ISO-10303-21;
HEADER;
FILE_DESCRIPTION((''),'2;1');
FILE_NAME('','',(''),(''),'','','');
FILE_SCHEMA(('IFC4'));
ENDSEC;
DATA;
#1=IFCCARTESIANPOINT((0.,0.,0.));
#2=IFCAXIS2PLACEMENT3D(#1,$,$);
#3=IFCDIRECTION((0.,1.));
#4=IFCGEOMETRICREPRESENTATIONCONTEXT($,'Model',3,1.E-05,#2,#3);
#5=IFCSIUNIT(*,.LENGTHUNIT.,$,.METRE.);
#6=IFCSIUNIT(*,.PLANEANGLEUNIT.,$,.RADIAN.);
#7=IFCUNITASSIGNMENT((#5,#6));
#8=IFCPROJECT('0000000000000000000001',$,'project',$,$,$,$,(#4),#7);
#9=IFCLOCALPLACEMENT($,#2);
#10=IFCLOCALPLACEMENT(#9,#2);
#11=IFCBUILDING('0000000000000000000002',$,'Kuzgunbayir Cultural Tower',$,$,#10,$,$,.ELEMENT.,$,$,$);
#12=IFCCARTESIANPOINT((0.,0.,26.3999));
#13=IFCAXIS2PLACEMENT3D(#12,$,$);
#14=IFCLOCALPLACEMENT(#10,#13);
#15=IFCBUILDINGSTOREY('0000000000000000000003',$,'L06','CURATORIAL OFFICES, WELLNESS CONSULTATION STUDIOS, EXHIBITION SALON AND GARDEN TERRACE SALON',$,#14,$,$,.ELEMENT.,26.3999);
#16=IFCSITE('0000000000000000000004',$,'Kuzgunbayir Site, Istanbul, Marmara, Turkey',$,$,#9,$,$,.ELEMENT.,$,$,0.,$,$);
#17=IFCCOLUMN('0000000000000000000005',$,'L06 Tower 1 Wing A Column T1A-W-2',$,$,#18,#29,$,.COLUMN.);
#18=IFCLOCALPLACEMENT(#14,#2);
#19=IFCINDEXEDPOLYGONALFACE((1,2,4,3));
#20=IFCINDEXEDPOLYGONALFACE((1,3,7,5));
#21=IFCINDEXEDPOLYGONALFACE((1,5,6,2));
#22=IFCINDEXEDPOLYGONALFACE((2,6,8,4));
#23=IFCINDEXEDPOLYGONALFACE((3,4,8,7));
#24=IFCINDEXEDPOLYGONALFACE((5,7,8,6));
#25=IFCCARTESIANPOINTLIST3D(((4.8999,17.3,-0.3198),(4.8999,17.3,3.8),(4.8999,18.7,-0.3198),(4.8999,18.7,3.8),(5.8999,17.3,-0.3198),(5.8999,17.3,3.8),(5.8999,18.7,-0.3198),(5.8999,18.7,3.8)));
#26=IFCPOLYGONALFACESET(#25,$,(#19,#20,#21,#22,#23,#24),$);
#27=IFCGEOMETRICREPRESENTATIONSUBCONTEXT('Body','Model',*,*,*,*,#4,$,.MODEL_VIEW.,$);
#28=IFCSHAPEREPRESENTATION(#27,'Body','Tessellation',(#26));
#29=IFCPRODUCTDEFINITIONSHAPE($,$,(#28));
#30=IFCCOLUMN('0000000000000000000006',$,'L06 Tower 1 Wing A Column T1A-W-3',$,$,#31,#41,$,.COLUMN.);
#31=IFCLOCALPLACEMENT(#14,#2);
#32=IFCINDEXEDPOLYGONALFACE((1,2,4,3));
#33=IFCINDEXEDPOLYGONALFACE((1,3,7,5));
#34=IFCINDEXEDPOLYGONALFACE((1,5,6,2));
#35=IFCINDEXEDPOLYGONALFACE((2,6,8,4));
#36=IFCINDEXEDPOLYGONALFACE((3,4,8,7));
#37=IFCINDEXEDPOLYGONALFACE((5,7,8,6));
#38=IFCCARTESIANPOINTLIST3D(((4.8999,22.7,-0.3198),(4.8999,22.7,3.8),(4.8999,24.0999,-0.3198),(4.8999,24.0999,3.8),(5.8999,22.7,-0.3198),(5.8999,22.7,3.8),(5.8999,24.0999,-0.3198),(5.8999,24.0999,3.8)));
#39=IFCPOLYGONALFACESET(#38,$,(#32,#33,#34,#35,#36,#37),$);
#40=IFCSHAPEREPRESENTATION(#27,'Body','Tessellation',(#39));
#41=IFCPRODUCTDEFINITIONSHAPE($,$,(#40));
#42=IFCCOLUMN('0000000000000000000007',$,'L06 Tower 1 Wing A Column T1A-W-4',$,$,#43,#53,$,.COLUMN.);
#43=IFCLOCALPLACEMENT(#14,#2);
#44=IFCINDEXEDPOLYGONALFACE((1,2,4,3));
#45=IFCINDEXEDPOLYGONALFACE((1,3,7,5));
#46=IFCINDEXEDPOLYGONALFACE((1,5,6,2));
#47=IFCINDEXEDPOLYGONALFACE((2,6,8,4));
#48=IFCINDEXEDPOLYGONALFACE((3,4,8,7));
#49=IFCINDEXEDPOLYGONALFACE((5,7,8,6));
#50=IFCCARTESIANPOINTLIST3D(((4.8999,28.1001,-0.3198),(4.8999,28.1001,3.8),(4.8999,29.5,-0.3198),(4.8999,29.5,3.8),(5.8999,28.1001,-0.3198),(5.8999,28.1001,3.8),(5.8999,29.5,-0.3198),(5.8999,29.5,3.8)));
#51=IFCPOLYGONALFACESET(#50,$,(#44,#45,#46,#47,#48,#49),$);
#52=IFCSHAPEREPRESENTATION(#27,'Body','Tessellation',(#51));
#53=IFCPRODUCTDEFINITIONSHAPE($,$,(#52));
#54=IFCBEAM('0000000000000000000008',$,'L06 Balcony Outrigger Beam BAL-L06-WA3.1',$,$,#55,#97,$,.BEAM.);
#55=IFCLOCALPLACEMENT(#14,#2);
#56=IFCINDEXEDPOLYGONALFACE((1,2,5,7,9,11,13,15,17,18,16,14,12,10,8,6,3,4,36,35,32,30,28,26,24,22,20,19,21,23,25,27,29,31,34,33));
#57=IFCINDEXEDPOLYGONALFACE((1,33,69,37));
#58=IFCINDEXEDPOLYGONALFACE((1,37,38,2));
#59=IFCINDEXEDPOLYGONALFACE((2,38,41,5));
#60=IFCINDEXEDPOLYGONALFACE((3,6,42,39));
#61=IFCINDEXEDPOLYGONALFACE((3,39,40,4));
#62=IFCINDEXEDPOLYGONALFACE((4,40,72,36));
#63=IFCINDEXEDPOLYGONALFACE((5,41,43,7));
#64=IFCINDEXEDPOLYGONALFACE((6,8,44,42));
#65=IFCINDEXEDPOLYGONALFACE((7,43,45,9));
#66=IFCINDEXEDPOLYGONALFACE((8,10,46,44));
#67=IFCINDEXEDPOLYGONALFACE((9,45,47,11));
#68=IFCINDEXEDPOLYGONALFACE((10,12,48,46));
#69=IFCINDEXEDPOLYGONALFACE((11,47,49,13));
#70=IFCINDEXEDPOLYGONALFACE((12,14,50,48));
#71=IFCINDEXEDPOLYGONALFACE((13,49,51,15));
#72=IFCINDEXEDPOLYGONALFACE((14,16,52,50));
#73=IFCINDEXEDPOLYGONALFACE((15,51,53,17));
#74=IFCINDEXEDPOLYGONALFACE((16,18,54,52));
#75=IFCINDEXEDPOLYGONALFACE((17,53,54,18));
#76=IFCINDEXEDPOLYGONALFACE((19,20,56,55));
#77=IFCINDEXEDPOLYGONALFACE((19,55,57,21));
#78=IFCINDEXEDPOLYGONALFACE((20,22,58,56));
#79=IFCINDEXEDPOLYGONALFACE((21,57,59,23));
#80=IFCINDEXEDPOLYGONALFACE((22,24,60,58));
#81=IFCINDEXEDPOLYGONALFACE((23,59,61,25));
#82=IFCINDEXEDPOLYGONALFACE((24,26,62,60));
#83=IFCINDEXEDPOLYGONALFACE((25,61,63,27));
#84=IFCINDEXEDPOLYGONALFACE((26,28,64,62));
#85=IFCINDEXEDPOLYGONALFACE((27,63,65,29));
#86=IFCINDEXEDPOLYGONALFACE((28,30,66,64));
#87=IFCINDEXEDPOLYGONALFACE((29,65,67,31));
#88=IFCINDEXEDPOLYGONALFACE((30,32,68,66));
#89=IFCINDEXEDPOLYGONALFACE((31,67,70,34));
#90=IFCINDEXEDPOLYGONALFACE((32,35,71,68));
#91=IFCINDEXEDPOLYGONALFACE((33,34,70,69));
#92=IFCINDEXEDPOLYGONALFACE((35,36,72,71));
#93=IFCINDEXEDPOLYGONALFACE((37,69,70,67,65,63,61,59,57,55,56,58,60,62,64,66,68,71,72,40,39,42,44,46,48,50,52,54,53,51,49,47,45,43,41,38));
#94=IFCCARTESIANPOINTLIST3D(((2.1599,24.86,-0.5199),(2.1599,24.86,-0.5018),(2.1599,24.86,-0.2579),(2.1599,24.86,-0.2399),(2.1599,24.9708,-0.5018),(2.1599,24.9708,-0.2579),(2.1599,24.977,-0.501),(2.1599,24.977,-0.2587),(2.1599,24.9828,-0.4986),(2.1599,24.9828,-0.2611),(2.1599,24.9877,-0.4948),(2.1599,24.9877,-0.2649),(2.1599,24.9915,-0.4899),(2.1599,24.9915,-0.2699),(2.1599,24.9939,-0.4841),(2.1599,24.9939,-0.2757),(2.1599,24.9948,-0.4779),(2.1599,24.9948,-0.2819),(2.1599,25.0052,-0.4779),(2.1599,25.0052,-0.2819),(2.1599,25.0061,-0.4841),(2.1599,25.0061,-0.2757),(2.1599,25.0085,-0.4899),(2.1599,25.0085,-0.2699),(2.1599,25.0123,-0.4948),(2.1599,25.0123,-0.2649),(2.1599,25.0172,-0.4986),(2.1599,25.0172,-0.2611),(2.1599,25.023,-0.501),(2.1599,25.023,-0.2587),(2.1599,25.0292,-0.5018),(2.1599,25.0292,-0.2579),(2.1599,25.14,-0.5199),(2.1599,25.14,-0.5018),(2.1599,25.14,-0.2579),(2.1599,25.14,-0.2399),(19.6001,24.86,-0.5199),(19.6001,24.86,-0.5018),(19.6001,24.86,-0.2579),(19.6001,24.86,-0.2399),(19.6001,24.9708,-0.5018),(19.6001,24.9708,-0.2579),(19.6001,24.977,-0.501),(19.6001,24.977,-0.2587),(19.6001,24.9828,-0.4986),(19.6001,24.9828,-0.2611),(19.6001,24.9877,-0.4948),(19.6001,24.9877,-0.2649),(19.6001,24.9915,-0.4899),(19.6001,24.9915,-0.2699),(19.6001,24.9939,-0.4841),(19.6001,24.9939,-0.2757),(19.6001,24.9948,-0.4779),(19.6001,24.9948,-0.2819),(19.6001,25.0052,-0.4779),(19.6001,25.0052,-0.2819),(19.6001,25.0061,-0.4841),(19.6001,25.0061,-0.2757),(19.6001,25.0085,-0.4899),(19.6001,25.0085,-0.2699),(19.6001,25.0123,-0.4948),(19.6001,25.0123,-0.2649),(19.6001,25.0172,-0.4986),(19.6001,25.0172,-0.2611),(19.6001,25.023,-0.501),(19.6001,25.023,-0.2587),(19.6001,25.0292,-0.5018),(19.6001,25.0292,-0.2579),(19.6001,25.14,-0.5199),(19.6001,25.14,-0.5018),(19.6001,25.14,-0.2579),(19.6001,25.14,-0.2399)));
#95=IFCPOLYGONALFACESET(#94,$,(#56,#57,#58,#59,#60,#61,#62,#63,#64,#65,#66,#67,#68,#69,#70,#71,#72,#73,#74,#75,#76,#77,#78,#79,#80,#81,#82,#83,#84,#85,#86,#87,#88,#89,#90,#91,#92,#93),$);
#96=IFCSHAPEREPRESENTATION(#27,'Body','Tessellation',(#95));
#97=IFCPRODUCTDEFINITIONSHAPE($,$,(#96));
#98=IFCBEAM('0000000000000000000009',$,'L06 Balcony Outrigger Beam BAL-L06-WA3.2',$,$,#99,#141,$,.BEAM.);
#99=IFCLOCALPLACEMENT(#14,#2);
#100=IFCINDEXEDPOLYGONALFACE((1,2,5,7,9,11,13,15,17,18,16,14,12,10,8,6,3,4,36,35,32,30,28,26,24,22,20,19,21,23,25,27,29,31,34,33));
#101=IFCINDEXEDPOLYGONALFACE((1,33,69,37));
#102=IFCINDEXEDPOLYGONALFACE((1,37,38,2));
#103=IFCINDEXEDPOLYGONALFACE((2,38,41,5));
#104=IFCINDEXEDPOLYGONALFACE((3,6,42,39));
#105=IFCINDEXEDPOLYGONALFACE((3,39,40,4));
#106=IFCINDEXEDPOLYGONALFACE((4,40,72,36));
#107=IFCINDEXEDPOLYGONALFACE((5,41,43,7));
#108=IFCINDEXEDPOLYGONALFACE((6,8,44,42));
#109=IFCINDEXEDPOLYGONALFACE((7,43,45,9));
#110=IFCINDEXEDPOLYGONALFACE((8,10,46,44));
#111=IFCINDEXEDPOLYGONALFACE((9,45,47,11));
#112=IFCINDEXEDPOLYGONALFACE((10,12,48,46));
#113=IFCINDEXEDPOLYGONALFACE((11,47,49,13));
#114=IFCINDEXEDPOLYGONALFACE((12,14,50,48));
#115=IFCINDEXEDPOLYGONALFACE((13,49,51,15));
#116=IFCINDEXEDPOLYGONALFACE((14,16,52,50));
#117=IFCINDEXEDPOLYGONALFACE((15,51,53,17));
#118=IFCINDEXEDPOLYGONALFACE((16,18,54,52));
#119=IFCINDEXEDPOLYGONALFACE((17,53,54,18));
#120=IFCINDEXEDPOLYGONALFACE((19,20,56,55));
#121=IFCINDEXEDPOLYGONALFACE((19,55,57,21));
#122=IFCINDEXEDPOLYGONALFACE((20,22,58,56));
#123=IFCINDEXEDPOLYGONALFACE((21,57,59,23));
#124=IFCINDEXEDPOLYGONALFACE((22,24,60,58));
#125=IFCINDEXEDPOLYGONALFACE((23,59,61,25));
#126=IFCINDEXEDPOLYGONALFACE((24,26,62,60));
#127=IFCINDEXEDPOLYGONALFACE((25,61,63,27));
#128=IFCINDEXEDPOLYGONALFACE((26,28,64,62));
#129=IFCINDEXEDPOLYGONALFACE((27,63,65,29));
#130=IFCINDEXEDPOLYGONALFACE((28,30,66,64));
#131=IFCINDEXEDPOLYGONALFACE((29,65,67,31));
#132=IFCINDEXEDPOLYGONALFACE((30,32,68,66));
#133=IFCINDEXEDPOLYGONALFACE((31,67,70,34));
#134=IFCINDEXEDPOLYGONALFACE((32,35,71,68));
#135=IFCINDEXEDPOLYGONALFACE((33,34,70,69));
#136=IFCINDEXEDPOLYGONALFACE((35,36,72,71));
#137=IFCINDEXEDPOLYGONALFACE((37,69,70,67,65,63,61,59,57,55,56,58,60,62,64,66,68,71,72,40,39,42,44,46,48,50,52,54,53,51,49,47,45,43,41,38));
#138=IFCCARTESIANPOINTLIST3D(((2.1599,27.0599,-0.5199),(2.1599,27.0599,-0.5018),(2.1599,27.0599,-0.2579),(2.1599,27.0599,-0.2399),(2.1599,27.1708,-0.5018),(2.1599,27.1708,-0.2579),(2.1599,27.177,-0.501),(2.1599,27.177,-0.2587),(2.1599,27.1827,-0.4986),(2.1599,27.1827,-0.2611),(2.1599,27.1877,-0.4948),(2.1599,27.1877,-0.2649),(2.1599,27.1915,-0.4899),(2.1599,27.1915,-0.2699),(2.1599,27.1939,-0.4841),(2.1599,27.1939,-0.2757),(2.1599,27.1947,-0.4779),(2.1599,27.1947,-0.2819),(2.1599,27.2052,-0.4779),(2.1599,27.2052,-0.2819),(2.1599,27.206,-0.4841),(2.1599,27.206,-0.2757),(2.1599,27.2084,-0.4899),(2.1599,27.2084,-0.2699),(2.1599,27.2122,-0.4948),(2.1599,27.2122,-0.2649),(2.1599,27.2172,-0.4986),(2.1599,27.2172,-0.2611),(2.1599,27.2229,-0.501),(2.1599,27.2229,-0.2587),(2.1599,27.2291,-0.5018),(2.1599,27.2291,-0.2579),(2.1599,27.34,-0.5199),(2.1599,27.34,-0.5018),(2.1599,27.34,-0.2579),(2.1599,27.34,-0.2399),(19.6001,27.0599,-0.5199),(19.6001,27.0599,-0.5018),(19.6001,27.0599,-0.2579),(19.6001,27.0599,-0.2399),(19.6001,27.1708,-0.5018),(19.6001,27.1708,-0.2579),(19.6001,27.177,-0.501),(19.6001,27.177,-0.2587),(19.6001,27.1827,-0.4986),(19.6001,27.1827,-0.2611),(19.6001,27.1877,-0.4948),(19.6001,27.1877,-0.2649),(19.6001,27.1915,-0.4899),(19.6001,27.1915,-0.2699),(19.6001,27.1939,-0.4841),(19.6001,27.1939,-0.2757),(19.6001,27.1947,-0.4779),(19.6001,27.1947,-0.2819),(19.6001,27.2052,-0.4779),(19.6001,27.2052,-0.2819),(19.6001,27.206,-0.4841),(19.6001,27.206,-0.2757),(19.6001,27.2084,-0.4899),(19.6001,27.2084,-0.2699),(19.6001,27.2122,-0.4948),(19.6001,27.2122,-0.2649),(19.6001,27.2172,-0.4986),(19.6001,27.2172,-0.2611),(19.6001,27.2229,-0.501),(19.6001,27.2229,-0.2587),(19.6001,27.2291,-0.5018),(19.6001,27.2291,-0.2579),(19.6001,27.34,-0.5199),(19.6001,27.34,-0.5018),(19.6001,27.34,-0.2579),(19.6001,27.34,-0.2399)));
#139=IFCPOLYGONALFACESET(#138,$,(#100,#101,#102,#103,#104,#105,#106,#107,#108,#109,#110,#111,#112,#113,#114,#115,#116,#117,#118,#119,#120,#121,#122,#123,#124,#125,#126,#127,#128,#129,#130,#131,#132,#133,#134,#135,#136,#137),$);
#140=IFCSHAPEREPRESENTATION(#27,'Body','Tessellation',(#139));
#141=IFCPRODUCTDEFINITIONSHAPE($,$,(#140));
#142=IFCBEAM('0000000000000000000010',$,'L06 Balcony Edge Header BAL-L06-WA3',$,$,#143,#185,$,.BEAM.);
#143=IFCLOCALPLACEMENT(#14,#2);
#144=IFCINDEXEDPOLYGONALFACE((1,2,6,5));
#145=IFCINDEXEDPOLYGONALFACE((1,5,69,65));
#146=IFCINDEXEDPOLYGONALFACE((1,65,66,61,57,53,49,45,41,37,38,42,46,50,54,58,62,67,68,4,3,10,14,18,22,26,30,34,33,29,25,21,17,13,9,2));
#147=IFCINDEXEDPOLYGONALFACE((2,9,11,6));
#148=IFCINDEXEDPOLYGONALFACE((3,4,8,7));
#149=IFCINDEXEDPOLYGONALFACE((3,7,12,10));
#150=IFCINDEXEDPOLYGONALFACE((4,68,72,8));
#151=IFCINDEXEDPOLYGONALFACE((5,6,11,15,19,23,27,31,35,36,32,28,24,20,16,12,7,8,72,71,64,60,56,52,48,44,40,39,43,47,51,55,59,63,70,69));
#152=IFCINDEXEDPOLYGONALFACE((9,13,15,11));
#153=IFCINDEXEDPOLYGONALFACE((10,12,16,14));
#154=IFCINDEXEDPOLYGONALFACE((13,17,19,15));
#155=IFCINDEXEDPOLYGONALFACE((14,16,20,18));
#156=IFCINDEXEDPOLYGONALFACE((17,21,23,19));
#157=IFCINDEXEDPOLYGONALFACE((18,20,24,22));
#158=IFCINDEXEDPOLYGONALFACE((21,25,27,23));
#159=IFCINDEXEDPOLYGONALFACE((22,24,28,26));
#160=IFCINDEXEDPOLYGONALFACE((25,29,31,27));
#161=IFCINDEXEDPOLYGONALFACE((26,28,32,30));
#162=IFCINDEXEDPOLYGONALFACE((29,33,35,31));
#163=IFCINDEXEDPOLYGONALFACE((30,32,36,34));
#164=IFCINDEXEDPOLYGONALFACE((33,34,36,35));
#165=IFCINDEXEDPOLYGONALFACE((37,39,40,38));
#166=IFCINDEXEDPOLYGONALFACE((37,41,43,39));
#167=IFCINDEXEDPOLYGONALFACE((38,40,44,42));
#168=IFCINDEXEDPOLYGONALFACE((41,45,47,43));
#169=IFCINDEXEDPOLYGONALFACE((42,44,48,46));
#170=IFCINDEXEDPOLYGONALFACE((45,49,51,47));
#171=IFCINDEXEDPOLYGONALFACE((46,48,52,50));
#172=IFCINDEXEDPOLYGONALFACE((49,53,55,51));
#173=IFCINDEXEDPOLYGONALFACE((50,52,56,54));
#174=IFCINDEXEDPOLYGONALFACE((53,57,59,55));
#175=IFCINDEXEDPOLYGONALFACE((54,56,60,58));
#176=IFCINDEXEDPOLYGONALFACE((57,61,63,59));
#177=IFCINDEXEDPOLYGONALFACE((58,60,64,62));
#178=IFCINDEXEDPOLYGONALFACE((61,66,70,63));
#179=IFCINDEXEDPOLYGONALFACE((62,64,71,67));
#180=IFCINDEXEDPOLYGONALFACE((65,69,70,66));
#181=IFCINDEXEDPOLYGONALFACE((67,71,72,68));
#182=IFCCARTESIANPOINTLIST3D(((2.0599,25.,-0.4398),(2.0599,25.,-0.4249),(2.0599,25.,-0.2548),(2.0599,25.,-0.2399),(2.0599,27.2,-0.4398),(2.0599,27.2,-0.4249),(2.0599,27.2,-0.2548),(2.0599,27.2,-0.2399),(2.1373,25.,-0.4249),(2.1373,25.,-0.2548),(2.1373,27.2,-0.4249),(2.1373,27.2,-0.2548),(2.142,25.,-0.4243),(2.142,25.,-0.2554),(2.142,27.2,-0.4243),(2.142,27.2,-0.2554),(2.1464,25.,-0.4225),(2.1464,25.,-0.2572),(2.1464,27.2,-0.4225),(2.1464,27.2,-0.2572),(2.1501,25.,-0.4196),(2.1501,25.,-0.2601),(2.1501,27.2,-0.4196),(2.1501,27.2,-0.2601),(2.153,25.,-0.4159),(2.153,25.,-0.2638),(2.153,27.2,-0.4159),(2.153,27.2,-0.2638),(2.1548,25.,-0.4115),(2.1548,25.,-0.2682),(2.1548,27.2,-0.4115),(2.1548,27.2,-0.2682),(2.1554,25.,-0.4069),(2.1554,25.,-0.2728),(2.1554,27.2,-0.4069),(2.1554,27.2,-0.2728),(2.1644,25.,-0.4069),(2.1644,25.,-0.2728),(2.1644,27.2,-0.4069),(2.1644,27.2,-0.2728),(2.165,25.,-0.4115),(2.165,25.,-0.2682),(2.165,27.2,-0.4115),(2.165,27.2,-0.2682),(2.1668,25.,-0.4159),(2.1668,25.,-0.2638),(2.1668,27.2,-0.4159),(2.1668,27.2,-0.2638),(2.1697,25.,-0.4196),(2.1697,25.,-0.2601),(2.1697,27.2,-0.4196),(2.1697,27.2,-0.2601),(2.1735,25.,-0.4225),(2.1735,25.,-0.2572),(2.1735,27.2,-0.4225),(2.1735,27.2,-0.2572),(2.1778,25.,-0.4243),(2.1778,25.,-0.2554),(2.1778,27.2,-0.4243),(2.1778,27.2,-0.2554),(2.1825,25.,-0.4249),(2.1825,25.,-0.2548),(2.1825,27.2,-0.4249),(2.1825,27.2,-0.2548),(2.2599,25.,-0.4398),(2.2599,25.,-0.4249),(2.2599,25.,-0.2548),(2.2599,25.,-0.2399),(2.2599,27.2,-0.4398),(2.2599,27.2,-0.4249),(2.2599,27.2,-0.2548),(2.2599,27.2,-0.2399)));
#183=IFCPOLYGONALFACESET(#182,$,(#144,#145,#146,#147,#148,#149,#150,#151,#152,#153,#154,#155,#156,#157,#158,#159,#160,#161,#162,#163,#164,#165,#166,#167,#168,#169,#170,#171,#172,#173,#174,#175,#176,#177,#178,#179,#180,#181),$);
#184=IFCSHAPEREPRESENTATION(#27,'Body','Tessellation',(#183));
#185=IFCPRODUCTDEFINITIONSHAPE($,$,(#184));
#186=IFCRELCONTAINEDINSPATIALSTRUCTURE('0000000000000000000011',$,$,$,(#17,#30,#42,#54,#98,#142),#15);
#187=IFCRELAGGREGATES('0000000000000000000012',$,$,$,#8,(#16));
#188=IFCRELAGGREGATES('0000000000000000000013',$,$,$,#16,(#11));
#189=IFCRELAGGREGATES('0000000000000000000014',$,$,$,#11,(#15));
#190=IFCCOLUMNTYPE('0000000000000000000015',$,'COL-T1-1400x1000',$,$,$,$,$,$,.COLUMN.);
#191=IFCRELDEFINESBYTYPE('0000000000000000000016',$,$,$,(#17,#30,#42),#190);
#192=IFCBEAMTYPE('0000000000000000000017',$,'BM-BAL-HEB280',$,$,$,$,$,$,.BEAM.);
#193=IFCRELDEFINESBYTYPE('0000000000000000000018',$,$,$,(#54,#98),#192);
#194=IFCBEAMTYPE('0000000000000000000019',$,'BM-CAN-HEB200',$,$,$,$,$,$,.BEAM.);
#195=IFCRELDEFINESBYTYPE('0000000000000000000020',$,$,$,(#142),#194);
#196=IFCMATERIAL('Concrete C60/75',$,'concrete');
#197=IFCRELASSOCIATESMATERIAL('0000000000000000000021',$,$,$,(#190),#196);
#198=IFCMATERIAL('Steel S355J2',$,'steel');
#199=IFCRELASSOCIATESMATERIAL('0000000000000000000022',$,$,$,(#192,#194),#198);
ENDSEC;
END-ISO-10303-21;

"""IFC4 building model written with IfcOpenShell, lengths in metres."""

from ifc_helpers import new_model, si_unit, direction, frame, origin, origin_2d, place, context, subcontext, project, spatial, rectangle, i_section, extrude, material, material_profile, profile_set, type_object, element, save


model = new_model("IFC4")

# Units and contexts
model_context = context("Model", 3, precision=1e-05, world=origin(), true_north=direction((0.0, 1.0)))
body_context = subcontext(model_context, "Body", "Model", "MODEL_VIEW")
ifc_project = project(units=[si_unit("LENGTHUNIT", "METRE"), si_unit("PLANEANGLEUNIT", "RADIAN")], contexts=[model_context])

# Site, building, storey
site_placement = place(None, origin())
site = spatial("IfcSite", under=ifc_project, at=site_placement, Name="Kuzgunbayir Site, Istanbul, Marmara, Turkey", CompositionType="ELEMENT", RefElevation=0.0)
building_placement = place(site_placement, origin())
building = spatial("IfcBuilding", under=site, at=building_placement, Name="Kuzgunbayir Cultural Tower", CompositionType="ELEMENT")
storey_placement = place(building_placement, frame((0.0, 0.0, 26.3999)))
storey = spatial("IfcBuildingStorey", under=building, at=storey_placement, Name="L06", Description="CURATORIAL OFFICES, WELLNESS CONSULTATION STUDIOS, EXHIBITION SALON AND GARDEN TERRACE SALON", CompositionType="ELEMENT", Elevation=26.3999)

# Columns
ifc_material_1 = material(Name="Concrete C60/75", Category="concrete")
ifc_material_profile_1 = material_profile(ifc_material_1, rectangle(XDim=1.0, YDim=1.3999, at=origin_2d()), Name="RC 1400x1000")
ifc_profile_set_1 = profile_set([ifc_material_profile_1], Name="Concrete C60/75")
column_type = type_object("IfcColumnType", Name="COL-T1-1400x1000", PredefinedType="COLUMN", material=ifc_profile_set_1)
for number, where, z_axis, x_axis, name in (
    (1, (5.3999, 18.0, -0.3198), (0.0, 0.0, 1.0), (1.0, 0.0, 0.0), "L06 Tower 1 Wing A Column T1A-W-2"),
    (2, (5.3999, 23.3999, -0.3198), (0.0, 0.0, 1.0), (1.0, 0.0, 0.0), "L06 Tower 1 Wing A Column T1A-W-3"),
    (3, (5.3999, 28.8, -0.3198), (0.0, 0.0, 1.0), (1.0, 0.0, 0.0), "L06 Tower 1 Wing A Column T1A-W-4"),
):
    element("IfcColumn", number, at=place(storey_placement, frame(where, z_axis=z_axis, x_axis=x_axis)), inside=storey, type_object=column_type, Name=name, PredefinedType="COLUMN", context=body_context, shape_type="SweptSolid", body=[
        extrude(rectangle(XDim=1.0, YDim=1.3999, at=origin_2d()), origin(), (0.0, 0.0, 1.0), 4.1199),
    ])

# Beams
ifc_material_2 = material(Name="Steel S355J2", Category="steel")
ifc_material_profile_2 = material_profile(ifc_material_2, i_section(OverallWidth=0.28, OverallDepth=0.28, WebThickness=0.0105, FlangeThickness=0.0181, FilletRadius=0.0239, at=origin_2d()), Name="HEB 280")
ifc_profile_set_2 = profile_set([ifc_material_profile_2], Name="Steel S355J2")
beam_type_1 = type_object("IfcBeamType", Name="BM-BAL-HEB280", PredefinedType="BEAM", material=ifc_profile_set_2)
for number, where, z_axis, x_axis, name in (
    (4, (2.1599, 25.0, -0.3799), (1.0, 0.0, 0.0), (0.0, 1.0, 0.0), "L06 Balcony Outrigger Beam BAL-L06-WA3.1"),
    (5, (2.1599, 27.2, -0.3799), (1.0, 0.0, 0.0), (0.0, 1.0, 0.0), "L06 Balcony Outrigger Beam BAL-L06-WA3.2"),
):
    element("IfcBeam", number, at=place(storey_placement, frame(where, z_axis=z_axis, x_axis=x_axis)), inside=storey, type_object=beam_type_1, Name=name, PredefinedType="BEAM", context=body_context, shape_type="SweptSolid", body=[
        extrude(i_section(OverallWidth=0.28, OverallDepth=0.28, WebThickness=0.0105, FlangeThickness=0.0181, FilletRadius=0.0239, at=origin_2d()), origin(), (0.0, 0.0, 1.0), 17.4402),
    ])
ifc_material_profile_3 = material_profile(ifc_material_2, i_section(OverallWidth=0.2, OverallDepth=0.2, WebThickness=0.009, FlangeThickness=0.0149, FilletRadius=0.0181, at=origin_2d()), Name="HEB 200")
ifc_profile_set_3 = profile_set([ifc_material_profile_3], Name="Steel S355J2")
beam_type_2 = type_object("IfcBeamType", Name="BM-CAN-HEB200", PredefinedType="BEAM", material=ifc_profile_set_3)
beam_1_placement = place(storey_placement, frame((2.1599, 25.0, -0.3398), z_axis=(0.0, 1.0, 0.0), x_axis=(-1.0, 0.0, 0.0)))
element("IfcBeam", 6, at=beam_1_placement, inside=storey, type_object=beam_type_2, Name="L06 Balcony Edge Header BAL-L06-WA3", PredefinedType="BEAM", context=body_context, shape_type="SweptSolid", body=[
    extrude(i_section(OverallWidth=0.2, OverallDepth=0.2, WebThickness=0.009, FlangeThickness=0.0149, FilletRadius=0.0181, at=origin_2d()), origin(), (0.0, 0.0, 1.0), 2.2),
])

save(model, "model.ifc")
